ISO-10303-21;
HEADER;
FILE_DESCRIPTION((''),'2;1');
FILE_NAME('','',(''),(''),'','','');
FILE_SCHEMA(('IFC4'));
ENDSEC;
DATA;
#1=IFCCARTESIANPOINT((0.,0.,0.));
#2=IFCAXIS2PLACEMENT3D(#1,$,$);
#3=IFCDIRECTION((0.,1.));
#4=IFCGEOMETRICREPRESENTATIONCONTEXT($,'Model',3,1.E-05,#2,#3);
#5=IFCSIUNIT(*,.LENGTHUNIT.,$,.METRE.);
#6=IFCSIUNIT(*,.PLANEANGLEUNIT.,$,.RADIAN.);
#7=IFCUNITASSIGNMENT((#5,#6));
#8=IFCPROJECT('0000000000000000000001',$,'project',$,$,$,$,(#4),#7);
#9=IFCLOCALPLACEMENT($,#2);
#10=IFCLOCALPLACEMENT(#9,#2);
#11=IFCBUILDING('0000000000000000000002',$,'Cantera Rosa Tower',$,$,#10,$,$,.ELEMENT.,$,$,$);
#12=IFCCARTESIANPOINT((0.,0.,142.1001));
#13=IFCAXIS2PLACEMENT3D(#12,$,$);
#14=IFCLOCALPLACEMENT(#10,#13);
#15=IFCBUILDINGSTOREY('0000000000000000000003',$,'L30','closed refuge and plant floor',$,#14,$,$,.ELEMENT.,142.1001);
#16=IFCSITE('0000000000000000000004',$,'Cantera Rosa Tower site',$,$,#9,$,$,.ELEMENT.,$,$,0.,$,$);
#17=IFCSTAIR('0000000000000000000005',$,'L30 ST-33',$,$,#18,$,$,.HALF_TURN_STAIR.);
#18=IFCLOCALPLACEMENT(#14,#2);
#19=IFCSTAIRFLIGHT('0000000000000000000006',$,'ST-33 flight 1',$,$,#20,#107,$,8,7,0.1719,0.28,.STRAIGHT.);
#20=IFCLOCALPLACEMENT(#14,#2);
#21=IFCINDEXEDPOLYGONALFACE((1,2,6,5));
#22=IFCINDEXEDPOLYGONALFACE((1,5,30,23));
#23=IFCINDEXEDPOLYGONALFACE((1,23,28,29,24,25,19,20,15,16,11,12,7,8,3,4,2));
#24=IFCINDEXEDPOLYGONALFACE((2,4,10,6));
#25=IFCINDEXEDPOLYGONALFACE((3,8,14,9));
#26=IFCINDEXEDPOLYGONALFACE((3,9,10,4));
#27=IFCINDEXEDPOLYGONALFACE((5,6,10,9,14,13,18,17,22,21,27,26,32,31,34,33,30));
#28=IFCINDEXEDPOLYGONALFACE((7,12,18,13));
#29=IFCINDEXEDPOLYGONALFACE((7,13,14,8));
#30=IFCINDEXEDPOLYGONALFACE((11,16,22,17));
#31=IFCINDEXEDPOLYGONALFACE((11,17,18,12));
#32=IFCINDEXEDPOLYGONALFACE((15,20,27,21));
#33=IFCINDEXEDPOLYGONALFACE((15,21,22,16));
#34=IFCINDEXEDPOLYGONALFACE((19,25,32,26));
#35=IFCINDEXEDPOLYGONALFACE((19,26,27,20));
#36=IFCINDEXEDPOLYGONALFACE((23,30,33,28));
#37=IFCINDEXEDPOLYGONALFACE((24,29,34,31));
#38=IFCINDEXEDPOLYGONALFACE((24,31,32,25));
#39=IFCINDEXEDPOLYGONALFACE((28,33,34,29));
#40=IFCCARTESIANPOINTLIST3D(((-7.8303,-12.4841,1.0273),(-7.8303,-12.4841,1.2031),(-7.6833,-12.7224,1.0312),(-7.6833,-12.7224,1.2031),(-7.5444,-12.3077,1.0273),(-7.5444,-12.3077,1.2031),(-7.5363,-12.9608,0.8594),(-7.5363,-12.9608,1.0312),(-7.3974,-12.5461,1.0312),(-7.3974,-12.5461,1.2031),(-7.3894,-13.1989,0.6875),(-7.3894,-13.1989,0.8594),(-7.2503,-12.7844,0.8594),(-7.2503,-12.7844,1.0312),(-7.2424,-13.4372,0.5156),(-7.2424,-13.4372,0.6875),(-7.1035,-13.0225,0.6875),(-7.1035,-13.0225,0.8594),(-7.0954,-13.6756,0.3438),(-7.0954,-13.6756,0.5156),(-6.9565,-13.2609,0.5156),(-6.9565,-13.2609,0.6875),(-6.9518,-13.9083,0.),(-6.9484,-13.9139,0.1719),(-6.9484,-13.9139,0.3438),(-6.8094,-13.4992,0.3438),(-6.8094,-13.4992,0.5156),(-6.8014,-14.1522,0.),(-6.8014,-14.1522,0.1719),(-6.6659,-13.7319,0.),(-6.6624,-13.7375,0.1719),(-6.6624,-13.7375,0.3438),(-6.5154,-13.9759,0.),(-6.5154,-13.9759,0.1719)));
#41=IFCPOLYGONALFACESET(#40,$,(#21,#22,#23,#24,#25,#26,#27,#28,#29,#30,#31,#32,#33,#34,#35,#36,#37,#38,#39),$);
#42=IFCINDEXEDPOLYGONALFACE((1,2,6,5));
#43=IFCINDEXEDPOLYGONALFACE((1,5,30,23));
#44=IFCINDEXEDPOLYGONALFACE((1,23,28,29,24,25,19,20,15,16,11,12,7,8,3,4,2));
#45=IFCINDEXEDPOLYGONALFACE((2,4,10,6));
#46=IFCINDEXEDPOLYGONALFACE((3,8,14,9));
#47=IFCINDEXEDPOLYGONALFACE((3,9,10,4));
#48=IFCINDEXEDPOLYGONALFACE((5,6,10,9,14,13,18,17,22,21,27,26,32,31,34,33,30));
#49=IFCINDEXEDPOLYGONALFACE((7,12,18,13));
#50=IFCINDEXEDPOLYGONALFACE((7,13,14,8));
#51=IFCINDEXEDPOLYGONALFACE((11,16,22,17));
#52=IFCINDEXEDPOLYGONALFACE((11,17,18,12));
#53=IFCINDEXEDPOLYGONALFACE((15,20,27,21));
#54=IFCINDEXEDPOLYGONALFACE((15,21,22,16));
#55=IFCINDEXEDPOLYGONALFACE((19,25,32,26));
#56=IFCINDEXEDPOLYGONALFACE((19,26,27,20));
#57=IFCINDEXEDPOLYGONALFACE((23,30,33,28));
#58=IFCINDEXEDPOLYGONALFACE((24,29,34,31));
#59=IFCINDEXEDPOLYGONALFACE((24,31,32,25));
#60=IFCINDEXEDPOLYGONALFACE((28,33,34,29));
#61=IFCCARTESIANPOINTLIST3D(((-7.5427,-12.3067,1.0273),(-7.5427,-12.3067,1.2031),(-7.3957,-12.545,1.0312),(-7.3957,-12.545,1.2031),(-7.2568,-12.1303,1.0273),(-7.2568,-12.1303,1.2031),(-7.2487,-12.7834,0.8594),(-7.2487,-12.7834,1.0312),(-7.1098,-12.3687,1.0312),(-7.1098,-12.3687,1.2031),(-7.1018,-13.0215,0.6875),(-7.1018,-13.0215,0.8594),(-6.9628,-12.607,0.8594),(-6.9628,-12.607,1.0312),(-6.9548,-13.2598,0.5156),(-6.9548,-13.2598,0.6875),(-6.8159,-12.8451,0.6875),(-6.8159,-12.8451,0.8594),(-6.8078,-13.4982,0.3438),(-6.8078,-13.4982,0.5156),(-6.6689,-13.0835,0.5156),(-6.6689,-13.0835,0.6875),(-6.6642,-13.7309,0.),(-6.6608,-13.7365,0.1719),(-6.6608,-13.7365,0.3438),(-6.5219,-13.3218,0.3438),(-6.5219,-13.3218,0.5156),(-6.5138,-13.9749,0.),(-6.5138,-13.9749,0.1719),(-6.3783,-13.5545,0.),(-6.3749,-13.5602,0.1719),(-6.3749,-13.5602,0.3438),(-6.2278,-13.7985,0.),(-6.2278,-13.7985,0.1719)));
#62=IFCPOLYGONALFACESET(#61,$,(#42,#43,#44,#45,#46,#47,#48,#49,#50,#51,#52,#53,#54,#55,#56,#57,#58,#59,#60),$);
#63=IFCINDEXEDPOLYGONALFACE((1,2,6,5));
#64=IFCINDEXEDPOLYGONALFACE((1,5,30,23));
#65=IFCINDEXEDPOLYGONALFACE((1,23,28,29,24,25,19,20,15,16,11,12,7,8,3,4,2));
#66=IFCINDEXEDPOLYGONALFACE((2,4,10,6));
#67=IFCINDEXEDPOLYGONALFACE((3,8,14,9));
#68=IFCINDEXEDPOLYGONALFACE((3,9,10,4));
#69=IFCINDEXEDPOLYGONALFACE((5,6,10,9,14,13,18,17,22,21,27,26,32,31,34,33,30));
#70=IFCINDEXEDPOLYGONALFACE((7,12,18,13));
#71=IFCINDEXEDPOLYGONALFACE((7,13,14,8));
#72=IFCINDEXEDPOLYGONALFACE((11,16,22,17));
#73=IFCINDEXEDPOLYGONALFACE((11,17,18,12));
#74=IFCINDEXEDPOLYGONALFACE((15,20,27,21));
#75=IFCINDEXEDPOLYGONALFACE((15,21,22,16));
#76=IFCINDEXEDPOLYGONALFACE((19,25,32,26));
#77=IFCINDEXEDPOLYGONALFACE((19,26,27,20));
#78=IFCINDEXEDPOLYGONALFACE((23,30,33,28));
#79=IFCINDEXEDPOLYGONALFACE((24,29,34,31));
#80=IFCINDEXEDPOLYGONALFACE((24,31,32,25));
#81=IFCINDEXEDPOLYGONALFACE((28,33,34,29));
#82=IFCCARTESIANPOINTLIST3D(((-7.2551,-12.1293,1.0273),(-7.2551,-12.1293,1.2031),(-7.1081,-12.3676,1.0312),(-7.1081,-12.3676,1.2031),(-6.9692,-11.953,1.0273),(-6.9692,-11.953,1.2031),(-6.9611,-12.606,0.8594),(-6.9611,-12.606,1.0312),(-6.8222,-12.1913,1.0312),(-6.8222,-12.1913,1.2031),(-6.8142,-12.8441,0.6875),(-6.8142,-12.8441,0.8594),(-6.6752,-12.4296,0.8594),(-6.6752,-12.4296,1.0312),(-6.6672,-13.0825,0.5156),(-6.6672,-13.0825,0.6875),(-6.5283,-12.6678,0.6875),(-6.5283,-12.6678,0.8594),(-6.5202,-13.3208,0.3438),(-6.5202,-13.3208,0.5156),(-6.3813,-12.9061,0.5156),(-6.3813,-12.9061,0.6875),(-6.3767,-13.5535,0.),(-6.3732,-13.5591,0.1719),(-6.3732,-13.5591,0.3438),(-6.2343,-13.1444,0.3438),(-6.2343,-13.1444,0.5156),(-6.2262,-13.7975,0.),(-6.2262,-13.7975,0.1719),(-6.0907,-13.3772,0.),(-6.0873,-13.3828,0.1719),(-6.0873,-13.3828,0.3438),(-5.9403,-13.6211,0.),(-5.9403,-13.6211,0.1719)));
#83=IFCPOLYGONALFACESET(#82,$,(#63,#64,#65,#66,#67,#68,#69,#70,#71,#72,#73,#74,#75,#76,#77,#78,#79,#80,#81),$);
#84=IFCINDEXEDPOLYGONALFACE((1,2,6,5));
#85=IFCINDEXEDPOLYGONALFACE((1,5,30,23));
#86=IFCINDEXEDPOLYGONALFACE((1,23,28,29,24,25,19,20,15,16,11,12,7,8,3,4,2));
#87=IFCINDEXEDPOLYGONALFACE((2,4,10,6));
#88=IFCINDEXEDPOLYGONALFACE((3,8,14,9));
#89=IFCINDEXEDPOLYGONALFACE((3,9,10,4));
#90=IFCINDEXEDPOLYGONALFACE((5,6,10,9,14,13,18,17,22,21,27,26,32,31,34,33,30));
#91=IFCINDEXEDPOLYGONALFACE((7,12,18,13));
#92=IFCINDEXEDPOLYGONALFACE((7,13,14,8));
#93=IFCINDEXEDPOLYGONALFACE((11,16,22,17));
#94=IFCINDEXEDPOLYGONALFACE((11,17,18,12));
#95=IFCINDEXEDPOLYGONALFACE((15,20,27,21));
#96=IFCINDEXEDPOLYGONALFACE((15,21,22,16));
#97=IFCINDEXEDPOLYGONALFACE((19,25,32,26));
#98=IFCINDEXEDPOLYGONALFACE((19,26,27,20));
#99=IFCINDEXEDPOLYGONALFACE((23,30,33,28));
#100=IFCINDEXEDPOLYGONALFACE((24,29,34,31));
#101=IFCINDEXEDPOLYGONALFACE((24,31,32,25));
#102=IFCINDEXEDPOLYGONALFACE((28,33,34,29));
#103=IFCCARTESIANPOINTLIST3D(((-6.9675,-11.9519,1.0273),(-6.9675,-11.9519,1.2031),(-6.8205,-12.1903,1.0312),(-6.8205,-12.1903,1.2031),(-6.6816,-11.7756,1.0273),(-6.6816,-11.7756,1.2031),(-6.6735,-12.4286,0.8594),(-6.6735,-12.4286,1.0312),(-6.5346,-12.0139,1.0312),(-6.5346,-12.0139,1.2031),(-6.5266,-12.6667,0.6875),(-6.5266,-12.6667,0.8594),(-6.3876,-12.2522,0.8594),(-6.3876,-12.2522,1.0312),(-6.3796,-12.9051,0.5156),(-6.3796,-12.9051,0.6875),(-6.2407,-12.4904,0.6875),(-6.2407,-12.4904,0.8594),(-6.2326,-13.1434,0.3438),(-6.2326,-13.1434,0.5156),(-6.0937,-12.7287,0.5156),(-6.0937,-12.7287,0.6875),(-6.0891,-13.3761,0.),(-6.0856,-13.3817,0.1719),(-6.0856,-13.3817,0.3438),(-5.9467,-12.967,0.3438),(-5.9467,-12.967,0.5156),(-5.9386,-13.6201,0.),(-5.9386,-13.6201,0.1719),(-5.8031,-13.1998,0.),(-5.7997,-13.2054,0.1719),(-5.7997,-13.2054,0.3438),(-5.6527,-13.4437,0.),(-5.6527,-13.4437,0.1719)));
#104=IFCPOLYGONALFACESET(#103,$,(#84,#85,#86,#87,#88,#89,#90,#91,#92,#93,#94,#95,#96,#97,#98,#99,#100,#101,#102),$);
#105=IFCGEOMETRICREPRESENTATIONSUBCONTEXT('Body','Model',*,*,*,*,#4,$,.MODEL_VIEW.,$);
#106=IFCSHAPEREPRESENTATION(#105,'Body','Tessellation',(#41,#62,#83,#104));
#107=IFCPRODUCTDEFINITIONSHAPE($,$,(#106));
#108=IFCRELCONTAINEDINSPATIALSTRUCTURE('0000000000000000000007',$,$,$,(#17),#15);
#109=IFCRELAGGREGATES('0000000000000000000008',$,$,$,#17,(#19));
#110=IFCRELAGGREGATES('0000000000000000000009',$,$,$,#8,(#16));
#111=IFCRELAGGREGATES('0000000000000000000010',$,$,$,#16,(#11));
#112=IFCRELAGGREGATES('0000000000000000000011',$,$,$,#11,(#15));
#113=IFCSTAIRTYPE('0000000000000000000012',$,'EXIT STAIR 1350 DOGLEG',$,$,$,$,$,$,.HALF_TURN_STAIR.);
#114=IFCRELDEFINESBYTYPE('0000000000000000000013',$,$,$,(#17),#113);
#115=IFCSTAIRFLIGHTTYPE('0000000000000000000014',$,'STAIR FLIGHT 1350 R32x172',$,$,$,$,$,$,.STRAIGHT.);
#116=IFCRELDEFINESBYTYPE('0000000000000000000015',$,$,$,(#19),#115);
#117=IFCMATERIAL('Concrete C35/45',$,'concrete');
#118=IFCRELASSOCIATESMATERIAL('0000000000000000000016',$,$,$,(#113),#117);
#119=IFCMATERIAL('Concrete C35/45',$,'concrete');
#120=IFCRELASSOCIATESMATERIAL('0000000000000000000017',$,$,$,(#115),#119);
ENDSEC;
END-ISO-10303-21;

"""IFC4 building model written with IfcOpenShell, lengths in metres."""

from ifc_helpers import new_model, si_unit, direction, frame, origin, place, context, subcontext, project, spatial, polyline, outline, extrude, material, type_object, element, aggregate, save


model = new_model("IFC4")

# Units and contexts
model_context = context("Model", 3, precision=1e-05, world=origin(), true_north=direction((0.0, 1.0)))
body_context = subcontext(model_context, "Body", "Model", "MODEL_VIEW")
ifc_project = project(units=[si_unit("LENGTHUNIT", "METRE"), si_unit("PLANEANGLEUNIT", "RADIAN")], contexts=[model_context])

# Site, building, storey
site_placement = place(None, origin())
site = spatial("IfcSite", under=ifc_project, at=site_placement, Name="Cantera Rosa Tower site", CompositionType="ELEMENT", RefElevation=0.0)
building_placement = place(site_placement, origin())
building = spatial("IfcBuilding", under=site, at=building_placement, Name="Cantera Rosa Tower", CompositionType="ELEMENT")
storey_placement = place(building_placement, frame((0.0, 0.0, 142.1001)))
storey = spatial("IfcBuildingStorey", under=building, at=storey_placement, Name="L30", Description="closed refuge and plant floor", CompositionType="ELEMENT", Elevation=142.1001)

# Stair, stair flight
ifc_material_1 = material(Name="Concrete C35/45", Category="concrete")
stair_type = type_object("IfcStairType", Name="EXIT STAIR 1350 DOGLEG", PredefinedType="HALF_TURN_STAIR", material=ifc_material_1)
stair_placement = place(storey_placement, origin())
stair = element("IfcStair", 1, at=stair_placement, inside=storey, type_object=stair_type, Name="L30 ST-33", PredefinedType="HALF_TURN_STAIR")
ifc_material_2 = material(Name="Concrete C35/45", Category="concrete")
stair_flight_type = type_object("IfcStairFlightType", Name="STAIR FLIGHT 1350 R32x172", PredefinedType="STRAIGHT", material=ifc_material_2)
stair_flight_1_placement = place(storey_placement, frame((-6.2268, -13.7979, 0.0), z_axis=(0.0, 0.0, 1.0), x_axis=(-0.524977, 0.851117, 0.0)))
stair_flight_1 = element("IfcStairFlight", 2, at=stair_flight_1_placement, type_object=stair_flight_type, Name="ST-33 flight 1", NumberOfRisers=8, NumberOfTreads=7, PredefinedType="STRAIGHT", RiserHeight=0.1719, TreadLength=0.28, context=body_context, shape_type="SweptSolid", body=[
    extrude(outline(polyline([(0.0, 0.0), (0.0, 0.1719), (0.28, 0.1719), (0.28, 0.3438), (0.5601, 0.3438), (0.5601, 0.5156), (0.8401, 0.5156), (0.8401, 0.6875), (1.1201, 0.6875), (1.1201, 0.8594), (1.3999, 0.8594), (1.3999, 1.0312), (1.6799, 1.0312), (1.6799, 1.2031), (1.96, 1.2031), (1.96, 1.375), (1.96, 1.0273), (0.2866, 0.0), (0.0, 0.0)])), frame((0.0, 0.675, 0.0), z_axis=(0.0, -1.0, 0.0), x_axis=(1.0, 0.0, 0.0)), (0.0, 0.0, 1.0), 0.3359),
    extrude(outline(polyline([(0.0, 0.0), (0.0, 0.1719), (0.28, 0.1719), (0.28, 0.3438), (0.5601, 0.3438), (0.5601, 0.5156), (0.8401, 0.5156), (0.8401, 0.6875), (1.1201, 0.6875), (1.1201, 0.8594), (1.3999, 0.8594), (1.3999, 1.0312), (1.6799, 1.0312), (1.6799, 1.2031), (1.96, 1.2031), (1.96, 1.375), (1.96, 1.0273), (0.2866, 0.0), (0.0, 0.0)])), frame((0.0, 0.3372, 0.0), z_axis=(0.0, -1.0, 0.0), x_axis=(1.0, 0.0, 0.0)), (0.0, 0.0, 1.0), 0.3359),
    extrude(outline(polyline([(0.0, 0.0), (0.0, 0.1719), (0.28, 0.1719), (0.28, 0.3438), (0.5601, 0.3438), (0.5601, 0.5156), (0.8401, 0.5156), (0.8401, 0.6875), (1.1201, 0.6875), (1.1201, 0.8594), (1.3999, 0.8594), (1.3999, 1.0312), (1.6799, 1.0312), (1.6799, 1.2031), (1.96, 1.2031), (1.96, 1.375), (1.96, 1.0273), (0.2866, 0.0), (0.0, 0.0)])), frame((0.0, -0.0007, 0.0), z_axis=(0.0, -1.0, 0.0), x_axis=(1.0, 0.0, 0.0)), (0.0, 0.0, 1.0), 0.3359),
    extrude(outline(polyline([(0.0, 0.0), (0.0, 0.1719), (0.28, 0.1719), (0.28, 0.3438), (0.5601, 0.3438), (0.5601, 0.5156), (0.8401, 0.5156), (0.8401, 0.6875), (1.1201, 0.6875), (1.1201, 0.8594), (1.3999, 0.8594), (1.3999, 1.0312), (1.6799, 1.0312), (1.6799, 1.2031), (1.96, 1.2031), (1.96, 1.375), (1.96, 1.0273), (0.2866, 0.0), (0.0, 0.0)])), frame((0.0, -0.3386, 0.0), z_axis=(0.0, -1.0, 0.0), x_axis=(1.0, 0.0, 0.0)), (0.0, 0.0, 1.0), 0.3359),
])
aggregate(stair, [stair_flight_1])

save(model, "model.ifc")
